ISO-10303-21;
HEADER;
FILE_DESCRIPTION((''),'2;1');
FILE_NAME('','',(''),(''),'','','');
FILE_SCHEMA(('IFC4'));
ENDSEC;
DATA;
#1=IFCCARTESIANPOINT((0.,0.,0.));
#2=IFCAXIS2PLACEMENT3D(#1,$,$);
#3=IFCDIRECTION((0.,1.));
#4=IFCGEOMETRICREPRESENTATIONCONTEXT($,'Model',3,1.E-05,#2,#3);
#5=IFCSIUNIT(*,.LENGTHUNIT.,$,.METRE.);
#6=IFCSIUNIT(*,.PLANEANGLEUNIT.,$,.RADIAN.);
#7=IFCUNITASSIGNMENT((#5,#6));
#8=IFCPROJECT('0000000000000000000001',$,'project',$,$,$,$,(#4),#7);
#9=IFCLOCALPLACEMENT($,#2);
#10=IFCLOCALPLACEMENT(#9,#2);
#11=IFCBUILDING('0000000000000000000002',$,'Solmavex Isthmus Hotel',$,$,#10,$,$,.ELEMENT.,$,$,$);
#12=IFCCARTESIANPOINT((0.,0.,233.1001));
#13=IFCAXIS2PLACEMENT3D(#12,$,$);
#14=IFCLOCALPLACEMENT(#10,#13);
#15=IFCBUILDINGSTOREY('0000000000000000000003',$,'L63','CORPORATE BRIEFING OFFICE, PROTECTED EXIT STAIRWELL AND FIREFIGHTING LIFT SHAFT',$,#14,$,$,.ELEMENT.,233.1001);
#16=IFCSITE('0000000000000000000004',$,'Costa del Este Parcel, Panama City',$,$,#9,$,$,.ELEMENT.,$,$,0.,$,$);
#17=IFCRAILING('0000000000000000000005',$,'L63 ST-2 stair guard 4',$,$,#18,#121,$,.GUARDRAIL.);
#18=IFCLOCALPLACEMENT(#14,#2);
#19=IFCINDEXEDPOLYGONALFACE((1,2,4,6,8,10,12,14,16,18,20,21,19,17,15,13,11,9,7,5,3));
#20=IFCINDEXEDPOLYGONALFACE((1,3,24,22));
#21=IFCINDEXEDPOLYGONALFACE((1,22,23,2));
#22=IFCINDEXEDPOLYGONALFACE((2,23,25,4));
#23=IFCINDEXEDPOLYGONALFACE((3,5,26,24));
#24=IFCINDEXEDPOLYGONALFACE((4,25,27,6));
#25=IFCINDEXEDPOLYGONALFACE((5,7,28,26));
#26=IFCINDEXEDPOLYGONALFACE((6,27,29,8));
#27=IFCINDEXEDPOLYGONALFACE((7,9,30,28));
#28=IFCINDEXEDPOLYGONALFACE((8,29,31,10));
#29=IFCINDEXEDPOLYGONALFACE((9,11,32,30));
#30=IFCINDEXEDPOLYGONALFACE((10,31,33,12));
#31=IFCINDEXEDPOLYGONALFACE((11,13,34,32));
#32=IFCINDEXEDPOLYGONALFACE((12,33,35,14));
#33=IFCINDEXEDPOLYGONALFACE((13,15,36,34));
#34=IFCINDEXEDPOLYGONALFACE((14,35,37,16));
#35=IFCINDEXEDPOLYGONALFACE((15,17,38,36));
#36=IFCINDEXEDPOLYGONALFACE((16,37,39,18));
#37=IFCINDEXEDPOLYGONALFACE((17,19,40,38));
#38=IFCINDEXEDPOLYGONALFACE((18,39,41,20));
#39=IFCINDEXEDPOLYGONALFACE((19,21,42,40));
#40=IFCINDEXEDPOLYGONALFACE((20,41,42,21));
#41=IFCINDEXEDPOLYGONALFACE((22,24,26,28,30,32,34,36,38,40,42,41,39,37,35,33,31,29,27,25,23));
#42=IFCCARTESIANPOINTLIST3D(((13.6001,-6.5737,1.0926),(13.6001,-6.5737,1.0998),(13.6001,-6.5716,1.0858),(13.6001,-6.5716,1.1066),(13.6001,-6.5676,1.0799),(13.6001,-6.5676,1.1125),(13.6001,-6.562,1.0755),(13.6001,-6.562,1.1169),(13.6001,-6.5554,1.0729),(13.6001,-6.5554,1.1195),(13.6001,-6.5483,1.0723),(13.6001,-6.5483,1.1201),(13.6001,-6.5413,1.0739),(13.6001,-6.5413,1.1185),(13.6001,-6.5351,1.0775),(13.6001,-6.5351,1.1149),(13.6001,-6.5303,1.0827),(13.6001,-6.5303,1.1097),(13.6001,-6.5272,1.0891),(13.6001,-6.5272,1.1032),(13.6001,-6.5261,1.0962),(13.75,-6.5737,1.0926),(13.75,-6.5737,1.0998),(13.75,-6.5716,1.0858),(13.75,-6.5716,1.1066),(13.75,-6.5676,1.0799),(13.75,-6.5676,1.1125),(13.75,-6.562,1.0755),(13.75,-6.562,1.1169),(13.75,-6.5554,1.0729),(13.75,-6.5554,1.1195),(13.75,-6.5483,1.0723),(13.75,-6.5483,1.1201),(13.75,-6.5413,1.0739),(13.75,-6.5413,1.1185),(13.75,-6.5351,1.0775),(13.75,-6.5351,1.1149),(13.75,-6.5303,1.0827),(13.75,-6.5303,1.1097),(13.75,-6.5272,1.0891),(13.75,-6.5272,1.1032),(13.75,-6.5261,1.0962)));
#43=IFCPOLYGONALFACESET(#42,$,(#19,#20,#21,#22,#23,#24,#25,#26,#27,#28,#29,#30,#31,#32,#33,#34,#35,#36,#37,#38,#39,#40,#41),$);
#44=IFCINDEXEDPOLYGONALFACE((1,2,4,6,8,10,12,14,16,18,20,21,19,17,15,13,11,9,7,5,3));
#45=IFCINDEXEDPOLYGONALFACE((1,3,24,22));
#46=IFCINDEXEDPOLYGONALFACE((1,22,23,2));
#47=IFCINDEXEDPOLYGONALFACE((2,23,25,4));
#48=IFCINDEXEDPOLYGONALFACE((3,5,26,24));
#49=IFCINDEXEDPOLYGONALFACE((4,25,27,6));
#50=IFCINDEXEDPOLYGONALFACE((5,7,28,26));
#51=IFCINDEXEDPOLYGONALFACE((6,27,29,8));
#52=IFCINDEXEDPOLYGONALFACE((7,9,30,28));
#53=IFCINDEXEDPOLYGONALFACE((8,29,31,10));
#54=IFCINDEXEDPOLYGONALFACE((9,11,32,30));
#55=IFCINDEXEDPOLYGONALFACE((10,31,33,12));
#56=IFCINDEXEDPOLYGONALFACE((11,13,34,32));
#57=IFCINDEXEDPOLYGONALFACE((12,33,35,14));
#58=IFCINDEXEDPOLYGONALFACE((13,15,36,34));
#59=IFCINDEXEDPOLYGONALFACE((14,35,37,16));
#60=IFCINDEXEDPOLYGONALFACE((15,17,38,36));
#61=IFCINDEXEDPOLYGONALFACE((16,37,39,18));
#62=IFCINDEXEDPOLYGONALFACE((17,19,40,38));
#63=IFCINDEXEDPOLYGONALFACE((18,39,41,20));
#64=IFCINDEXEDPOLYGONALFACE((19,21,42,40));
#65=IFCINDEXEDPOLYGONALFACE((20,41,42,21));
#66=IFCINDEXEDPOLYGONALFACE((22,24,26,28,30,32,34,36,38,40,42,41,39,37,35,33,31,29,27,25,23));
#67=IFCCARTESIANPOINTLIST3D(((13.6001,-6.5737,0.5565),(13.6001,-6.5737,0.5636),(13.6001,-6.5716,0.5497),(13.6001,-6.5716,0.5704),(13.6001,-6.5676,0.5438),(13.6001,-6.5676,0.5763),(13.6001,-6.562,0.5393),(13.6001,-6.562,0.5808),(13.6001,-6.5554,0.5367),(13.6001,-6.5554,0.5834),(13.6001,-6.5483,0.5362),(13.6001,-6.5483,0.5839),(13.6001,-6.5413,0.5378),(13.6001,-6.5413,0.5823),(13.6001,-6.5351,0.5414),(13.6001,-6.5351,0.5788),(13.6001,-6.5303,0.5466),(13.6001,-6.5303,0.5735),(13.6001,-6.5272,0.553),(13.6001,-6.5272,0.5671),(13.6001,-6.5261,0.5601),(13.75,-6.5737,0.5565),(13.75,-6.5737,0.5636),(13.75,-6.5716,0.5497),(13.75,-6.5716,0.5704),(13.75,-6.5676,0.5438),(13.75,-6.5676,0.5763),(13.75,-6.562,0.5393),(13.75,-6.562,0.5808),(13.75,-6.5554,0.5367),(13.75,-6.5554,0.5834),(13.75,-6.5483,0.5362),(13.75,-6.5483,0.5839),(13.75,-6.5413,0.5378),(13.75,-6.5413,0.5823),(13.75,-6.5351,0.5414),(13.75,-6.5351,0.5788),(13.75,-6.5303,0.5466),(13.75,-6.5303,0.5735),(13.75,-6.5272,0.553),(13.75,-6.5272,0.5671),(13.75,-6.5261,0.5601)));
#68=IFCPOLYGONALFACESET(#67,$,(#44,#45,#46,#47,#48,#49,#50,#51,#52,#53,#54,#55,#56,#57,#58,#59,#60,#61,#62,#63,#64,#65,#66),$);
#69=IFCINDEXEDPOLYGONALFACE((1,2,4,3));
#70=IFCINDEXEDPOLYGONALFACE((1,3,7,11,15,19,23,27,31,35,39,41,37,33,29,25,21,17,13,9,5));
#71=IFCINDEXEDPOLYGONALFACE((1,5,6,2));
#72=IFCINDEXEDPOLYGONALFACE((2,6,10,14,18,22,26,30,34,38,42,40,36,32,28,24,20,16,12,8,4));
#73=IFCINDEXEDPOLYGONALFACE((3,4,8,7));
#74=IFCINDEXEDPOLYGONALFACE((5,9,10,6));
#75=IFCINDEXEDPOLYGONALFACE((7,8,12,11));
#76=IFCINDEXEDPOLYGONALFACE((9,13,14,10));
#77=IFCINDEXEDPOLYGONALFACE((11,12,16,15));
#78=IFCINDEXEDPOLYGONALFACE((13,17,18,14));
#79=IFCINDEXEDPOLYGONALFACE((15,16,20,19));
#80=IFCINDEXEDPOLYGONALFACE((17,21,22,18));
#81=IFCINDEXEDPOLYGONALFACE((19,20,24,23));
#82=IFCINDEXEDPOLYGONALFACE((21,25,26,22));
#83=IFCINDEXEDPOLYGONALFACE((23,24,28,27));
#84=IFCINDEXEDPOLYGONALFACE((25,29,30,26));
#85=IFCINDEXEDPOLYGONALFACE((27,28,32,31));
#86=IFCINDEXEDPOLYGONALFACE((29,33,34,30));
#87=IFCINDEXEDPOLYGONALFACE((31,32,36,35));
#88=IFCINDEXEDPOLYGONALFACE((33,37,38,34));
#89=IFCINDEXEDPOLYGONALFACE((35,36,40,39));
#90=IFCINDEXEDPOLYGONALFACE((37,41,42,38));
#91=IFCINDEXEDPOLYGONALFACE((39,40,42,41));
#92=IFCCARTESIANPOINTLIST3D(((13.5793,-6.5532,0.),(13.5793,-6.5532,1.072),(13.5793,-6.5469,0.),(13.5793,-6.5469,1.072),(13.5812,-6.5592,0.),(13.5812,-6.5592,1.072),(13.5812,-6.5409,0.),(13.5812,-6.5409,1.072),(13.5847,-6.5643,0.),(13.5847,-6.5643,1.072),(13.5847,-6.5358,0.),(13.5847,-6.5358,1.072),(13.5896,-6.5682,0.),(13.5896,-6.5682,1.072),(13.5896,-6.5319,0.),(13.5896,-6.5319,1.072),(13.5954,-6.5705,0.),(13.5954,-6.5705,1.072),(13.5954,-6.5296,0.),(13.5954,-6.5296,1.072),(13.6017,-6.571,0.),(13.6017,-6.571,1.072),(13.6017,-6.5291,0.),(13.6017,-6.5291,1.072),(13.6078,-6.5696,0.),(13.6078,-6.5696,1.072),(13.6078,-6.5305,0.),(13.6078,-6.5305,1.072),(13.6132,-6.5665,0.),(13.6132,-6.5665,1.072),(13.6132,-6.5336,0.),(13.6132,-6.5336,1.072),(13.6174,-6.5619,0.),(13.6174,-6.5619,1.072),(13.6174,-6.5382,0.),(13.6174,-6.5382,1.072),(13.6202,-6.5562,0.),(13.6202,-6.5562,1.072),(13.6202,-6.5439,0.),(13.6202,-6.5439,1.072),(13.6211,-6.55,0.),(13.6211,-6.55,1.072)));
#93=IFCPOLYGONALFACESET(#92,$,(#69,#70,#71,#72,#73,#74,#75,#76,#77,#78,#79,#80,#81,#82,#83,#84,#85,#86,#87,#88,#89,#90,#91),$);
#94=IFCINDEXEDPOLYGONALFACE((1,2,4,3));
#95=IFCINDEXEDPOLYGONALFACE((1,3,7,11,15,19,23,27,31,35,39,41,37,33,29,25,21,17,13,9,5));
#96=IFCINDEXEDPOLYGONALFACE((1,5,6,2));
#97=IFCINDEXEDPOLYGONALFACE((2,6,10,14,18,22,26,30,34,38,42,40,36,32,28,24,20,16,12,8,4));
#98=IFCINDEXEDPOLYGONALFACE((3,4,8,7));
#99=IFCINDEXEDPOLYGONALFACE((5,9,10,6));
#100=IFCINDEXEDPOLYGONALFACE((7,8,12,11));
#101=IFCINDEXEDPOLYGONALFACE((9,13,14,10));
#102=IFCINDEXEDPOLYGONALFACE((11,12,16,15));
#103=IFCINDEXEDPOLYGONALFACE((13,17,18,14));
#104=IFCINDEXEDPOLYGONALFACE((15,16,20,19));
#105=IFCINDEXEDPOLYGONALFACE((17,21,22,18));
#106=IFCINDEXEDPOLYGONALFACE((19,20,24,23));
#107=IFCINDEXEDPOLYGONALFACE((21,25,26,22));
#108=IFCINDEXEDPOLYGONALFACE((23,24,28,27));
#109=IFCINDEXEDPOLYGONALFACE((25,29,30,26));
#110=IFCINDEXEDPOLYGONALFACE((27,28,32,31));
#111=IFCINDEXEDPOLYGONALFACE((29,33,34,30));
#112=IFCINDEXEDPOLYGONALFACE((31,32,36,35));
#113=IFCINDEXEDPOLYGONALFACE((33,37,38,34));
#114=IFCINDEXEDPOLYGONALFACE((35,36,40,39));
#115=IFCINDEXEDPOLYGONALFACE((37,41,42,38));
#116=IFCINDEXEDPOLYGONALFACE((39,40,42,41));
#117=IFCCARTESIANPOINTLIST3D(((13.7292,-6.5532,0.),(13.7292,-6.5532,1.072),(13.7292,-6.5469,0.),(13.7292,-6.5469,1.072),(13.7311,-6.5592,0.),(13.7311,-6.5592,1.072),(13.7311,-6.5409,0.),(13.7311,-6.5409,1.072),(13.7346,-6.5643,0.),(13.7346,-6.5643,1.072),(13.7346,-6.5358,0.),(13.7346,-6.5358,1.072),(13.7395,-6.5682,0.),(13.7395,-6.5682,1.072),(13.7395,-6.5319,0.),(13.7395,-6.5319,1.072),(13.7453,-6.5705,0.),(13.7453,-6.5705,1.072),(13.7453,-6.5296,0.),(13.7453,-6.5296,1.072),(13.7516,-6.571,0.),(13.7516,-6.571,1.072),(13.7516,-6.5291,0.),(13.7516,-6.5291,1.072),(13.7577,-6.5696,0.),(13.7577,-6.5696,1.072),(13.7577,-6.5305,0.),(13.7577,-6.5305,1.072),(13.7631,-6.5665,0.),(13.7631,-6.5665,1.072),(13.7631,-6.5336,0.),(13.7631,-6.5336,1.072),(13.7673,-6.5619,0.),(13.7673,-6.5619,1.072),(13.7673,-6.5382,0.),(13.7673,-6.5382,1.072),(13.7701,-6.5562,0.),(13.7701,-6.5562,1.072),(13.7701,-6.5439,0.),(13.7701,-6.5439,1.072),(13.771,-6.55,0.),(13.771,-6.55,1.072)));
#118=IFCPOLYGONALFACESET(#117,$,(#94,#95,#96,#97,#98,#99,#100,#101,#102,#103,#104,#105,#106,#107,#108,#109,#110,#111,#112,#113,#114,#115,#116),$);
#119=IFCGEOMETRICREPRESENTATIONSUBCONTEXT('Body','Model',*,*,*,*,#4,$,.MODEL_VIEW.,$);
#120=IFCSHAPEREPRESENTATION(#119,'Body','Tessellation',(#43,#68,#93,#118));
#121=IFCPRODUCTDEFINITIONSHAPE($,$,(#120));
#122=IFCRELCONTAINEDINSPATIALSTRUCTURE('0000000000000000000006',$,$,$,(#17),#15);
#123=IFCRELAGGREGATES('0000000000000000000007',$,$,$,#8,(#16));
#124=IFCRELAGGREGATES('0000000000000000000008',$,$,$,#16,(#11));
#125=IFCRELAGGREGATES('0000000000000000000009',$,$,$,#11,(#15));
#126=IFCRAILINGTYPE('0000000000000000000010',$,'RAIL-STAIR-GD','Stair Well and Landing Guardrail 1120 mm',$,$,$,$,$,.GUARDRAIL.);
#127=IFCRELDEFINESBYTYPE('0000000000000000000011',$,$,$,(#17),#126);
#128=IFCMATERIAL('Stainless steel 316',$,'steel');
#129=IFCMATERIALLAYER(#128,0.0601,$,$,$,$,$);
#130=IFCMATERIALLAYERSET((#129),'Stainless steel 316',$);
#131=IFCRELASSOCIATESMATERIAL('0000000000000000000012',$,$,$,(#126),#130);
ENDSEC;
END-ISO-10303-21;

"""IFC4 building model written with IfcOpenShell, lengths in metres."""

from ifc_helpers import new_model, si_unit, direction, frame, origin, origin_2d, place, context, subcontext, project, spatial, circle, extrude, material, layer, layer_set, type_object, element, save


model = new_model("IFC4")

# Units and contexts
model_context = context("Model", 3, precision=1e-05, world=origin(), true_north=direction((0.0, 1.0)))
body_context = subcontext(model_context, "Body", "Model", "MODEL_VIEW")
ifc_project = project(units=[si_unit("LENGTHUNIT", "METRE"), si_unit("PLANEANGLEUNIT", "RADIAN")], contexts=[model_context])

# Site, building, storey
site_placement = place(None, origin())
site = spatial("IfcSite", under=ifc_project, at=site_placement, Name="Costa del Este Parcel, Panama City", CompositionType="ELEMENT", RefElevation=0.0)
building_placement = place(site_placement, origin())
building = spatial("IfcBuilding", under=site, at=building_placement, Name="Solmavex Isthmus Hotel", CompositionType="ELEMENT")
storey_placement = place(building_placement, frame((0.0, 0.0, 233.1001)))
storey = spatial("IfcBuildingStorey", under=building, at=storey_placement, Name="L63", Description="CORPORATE BRIEFING OFFICE, PROTECTED EXIT STAIRWELL AND FIREFIGHTING LIFT SHAFT", CompositionType="ELEMENT", Elevation=233.1001)

# Shared definitions
ifc_material_1 = material(Name="Stainless steel 316", Category="steel")

# Railing
ifc_layer_1 = layer(ifc_material_1, 0.0601)
ifc_layer_set_1 = layer_set([ifc_layer_1], Name="Stainless steel 316")
railing_type_1 = type_object("IfcRailingType", Name="RAIL-STAIR-GD", Description="Stair Well and Landing Guardrail 1120 mm", PredefinedType="GUARDRAIL", material=ifc_layer_set_1)
railing_1_placement = place(storey_placement, frame((13.6001, -6.55, 0.0)))
element("IfcRailing", 1, at=railing_1_placement, inside=storey, type_object=railing_type_1, Name="L63 ST-2 stair guard 4", PredefinedType="GUARDRAIL", context=body_context, shape_type="SweptSolid", body=[
    extrude(circle(Radius=0.0239, at=origin_2d()), frame((0.0, 0.0, 1.0962), z_axis=(1.0, 0.0, 0.0), x_axis=(0.0, 1.0, 0.0)), (0.0, 0.0, 1.0), 0.1499),
    extrude(circle(Radius=0.0239, at=origin_2d()), frame((0.0, 0.0, 0.5601), z_axis=(1.0, 0.0, 0.0), x_axis=(0.0, 1.0, 0.0)), (0.0, 0.0, 1.0), 0.1499),
    extrude(circle(Radius=0.021, at=origin_2d()), origin(), (0.0, 0.0, 1.0), 1.072),
    extrude(circle(Radius=0.021, at=origin_2d()), frame((0.1499, 0.0, 0.0)), (0.0, 0.0, 1.0), 1.072),
])

save(model, "model.ifc")
